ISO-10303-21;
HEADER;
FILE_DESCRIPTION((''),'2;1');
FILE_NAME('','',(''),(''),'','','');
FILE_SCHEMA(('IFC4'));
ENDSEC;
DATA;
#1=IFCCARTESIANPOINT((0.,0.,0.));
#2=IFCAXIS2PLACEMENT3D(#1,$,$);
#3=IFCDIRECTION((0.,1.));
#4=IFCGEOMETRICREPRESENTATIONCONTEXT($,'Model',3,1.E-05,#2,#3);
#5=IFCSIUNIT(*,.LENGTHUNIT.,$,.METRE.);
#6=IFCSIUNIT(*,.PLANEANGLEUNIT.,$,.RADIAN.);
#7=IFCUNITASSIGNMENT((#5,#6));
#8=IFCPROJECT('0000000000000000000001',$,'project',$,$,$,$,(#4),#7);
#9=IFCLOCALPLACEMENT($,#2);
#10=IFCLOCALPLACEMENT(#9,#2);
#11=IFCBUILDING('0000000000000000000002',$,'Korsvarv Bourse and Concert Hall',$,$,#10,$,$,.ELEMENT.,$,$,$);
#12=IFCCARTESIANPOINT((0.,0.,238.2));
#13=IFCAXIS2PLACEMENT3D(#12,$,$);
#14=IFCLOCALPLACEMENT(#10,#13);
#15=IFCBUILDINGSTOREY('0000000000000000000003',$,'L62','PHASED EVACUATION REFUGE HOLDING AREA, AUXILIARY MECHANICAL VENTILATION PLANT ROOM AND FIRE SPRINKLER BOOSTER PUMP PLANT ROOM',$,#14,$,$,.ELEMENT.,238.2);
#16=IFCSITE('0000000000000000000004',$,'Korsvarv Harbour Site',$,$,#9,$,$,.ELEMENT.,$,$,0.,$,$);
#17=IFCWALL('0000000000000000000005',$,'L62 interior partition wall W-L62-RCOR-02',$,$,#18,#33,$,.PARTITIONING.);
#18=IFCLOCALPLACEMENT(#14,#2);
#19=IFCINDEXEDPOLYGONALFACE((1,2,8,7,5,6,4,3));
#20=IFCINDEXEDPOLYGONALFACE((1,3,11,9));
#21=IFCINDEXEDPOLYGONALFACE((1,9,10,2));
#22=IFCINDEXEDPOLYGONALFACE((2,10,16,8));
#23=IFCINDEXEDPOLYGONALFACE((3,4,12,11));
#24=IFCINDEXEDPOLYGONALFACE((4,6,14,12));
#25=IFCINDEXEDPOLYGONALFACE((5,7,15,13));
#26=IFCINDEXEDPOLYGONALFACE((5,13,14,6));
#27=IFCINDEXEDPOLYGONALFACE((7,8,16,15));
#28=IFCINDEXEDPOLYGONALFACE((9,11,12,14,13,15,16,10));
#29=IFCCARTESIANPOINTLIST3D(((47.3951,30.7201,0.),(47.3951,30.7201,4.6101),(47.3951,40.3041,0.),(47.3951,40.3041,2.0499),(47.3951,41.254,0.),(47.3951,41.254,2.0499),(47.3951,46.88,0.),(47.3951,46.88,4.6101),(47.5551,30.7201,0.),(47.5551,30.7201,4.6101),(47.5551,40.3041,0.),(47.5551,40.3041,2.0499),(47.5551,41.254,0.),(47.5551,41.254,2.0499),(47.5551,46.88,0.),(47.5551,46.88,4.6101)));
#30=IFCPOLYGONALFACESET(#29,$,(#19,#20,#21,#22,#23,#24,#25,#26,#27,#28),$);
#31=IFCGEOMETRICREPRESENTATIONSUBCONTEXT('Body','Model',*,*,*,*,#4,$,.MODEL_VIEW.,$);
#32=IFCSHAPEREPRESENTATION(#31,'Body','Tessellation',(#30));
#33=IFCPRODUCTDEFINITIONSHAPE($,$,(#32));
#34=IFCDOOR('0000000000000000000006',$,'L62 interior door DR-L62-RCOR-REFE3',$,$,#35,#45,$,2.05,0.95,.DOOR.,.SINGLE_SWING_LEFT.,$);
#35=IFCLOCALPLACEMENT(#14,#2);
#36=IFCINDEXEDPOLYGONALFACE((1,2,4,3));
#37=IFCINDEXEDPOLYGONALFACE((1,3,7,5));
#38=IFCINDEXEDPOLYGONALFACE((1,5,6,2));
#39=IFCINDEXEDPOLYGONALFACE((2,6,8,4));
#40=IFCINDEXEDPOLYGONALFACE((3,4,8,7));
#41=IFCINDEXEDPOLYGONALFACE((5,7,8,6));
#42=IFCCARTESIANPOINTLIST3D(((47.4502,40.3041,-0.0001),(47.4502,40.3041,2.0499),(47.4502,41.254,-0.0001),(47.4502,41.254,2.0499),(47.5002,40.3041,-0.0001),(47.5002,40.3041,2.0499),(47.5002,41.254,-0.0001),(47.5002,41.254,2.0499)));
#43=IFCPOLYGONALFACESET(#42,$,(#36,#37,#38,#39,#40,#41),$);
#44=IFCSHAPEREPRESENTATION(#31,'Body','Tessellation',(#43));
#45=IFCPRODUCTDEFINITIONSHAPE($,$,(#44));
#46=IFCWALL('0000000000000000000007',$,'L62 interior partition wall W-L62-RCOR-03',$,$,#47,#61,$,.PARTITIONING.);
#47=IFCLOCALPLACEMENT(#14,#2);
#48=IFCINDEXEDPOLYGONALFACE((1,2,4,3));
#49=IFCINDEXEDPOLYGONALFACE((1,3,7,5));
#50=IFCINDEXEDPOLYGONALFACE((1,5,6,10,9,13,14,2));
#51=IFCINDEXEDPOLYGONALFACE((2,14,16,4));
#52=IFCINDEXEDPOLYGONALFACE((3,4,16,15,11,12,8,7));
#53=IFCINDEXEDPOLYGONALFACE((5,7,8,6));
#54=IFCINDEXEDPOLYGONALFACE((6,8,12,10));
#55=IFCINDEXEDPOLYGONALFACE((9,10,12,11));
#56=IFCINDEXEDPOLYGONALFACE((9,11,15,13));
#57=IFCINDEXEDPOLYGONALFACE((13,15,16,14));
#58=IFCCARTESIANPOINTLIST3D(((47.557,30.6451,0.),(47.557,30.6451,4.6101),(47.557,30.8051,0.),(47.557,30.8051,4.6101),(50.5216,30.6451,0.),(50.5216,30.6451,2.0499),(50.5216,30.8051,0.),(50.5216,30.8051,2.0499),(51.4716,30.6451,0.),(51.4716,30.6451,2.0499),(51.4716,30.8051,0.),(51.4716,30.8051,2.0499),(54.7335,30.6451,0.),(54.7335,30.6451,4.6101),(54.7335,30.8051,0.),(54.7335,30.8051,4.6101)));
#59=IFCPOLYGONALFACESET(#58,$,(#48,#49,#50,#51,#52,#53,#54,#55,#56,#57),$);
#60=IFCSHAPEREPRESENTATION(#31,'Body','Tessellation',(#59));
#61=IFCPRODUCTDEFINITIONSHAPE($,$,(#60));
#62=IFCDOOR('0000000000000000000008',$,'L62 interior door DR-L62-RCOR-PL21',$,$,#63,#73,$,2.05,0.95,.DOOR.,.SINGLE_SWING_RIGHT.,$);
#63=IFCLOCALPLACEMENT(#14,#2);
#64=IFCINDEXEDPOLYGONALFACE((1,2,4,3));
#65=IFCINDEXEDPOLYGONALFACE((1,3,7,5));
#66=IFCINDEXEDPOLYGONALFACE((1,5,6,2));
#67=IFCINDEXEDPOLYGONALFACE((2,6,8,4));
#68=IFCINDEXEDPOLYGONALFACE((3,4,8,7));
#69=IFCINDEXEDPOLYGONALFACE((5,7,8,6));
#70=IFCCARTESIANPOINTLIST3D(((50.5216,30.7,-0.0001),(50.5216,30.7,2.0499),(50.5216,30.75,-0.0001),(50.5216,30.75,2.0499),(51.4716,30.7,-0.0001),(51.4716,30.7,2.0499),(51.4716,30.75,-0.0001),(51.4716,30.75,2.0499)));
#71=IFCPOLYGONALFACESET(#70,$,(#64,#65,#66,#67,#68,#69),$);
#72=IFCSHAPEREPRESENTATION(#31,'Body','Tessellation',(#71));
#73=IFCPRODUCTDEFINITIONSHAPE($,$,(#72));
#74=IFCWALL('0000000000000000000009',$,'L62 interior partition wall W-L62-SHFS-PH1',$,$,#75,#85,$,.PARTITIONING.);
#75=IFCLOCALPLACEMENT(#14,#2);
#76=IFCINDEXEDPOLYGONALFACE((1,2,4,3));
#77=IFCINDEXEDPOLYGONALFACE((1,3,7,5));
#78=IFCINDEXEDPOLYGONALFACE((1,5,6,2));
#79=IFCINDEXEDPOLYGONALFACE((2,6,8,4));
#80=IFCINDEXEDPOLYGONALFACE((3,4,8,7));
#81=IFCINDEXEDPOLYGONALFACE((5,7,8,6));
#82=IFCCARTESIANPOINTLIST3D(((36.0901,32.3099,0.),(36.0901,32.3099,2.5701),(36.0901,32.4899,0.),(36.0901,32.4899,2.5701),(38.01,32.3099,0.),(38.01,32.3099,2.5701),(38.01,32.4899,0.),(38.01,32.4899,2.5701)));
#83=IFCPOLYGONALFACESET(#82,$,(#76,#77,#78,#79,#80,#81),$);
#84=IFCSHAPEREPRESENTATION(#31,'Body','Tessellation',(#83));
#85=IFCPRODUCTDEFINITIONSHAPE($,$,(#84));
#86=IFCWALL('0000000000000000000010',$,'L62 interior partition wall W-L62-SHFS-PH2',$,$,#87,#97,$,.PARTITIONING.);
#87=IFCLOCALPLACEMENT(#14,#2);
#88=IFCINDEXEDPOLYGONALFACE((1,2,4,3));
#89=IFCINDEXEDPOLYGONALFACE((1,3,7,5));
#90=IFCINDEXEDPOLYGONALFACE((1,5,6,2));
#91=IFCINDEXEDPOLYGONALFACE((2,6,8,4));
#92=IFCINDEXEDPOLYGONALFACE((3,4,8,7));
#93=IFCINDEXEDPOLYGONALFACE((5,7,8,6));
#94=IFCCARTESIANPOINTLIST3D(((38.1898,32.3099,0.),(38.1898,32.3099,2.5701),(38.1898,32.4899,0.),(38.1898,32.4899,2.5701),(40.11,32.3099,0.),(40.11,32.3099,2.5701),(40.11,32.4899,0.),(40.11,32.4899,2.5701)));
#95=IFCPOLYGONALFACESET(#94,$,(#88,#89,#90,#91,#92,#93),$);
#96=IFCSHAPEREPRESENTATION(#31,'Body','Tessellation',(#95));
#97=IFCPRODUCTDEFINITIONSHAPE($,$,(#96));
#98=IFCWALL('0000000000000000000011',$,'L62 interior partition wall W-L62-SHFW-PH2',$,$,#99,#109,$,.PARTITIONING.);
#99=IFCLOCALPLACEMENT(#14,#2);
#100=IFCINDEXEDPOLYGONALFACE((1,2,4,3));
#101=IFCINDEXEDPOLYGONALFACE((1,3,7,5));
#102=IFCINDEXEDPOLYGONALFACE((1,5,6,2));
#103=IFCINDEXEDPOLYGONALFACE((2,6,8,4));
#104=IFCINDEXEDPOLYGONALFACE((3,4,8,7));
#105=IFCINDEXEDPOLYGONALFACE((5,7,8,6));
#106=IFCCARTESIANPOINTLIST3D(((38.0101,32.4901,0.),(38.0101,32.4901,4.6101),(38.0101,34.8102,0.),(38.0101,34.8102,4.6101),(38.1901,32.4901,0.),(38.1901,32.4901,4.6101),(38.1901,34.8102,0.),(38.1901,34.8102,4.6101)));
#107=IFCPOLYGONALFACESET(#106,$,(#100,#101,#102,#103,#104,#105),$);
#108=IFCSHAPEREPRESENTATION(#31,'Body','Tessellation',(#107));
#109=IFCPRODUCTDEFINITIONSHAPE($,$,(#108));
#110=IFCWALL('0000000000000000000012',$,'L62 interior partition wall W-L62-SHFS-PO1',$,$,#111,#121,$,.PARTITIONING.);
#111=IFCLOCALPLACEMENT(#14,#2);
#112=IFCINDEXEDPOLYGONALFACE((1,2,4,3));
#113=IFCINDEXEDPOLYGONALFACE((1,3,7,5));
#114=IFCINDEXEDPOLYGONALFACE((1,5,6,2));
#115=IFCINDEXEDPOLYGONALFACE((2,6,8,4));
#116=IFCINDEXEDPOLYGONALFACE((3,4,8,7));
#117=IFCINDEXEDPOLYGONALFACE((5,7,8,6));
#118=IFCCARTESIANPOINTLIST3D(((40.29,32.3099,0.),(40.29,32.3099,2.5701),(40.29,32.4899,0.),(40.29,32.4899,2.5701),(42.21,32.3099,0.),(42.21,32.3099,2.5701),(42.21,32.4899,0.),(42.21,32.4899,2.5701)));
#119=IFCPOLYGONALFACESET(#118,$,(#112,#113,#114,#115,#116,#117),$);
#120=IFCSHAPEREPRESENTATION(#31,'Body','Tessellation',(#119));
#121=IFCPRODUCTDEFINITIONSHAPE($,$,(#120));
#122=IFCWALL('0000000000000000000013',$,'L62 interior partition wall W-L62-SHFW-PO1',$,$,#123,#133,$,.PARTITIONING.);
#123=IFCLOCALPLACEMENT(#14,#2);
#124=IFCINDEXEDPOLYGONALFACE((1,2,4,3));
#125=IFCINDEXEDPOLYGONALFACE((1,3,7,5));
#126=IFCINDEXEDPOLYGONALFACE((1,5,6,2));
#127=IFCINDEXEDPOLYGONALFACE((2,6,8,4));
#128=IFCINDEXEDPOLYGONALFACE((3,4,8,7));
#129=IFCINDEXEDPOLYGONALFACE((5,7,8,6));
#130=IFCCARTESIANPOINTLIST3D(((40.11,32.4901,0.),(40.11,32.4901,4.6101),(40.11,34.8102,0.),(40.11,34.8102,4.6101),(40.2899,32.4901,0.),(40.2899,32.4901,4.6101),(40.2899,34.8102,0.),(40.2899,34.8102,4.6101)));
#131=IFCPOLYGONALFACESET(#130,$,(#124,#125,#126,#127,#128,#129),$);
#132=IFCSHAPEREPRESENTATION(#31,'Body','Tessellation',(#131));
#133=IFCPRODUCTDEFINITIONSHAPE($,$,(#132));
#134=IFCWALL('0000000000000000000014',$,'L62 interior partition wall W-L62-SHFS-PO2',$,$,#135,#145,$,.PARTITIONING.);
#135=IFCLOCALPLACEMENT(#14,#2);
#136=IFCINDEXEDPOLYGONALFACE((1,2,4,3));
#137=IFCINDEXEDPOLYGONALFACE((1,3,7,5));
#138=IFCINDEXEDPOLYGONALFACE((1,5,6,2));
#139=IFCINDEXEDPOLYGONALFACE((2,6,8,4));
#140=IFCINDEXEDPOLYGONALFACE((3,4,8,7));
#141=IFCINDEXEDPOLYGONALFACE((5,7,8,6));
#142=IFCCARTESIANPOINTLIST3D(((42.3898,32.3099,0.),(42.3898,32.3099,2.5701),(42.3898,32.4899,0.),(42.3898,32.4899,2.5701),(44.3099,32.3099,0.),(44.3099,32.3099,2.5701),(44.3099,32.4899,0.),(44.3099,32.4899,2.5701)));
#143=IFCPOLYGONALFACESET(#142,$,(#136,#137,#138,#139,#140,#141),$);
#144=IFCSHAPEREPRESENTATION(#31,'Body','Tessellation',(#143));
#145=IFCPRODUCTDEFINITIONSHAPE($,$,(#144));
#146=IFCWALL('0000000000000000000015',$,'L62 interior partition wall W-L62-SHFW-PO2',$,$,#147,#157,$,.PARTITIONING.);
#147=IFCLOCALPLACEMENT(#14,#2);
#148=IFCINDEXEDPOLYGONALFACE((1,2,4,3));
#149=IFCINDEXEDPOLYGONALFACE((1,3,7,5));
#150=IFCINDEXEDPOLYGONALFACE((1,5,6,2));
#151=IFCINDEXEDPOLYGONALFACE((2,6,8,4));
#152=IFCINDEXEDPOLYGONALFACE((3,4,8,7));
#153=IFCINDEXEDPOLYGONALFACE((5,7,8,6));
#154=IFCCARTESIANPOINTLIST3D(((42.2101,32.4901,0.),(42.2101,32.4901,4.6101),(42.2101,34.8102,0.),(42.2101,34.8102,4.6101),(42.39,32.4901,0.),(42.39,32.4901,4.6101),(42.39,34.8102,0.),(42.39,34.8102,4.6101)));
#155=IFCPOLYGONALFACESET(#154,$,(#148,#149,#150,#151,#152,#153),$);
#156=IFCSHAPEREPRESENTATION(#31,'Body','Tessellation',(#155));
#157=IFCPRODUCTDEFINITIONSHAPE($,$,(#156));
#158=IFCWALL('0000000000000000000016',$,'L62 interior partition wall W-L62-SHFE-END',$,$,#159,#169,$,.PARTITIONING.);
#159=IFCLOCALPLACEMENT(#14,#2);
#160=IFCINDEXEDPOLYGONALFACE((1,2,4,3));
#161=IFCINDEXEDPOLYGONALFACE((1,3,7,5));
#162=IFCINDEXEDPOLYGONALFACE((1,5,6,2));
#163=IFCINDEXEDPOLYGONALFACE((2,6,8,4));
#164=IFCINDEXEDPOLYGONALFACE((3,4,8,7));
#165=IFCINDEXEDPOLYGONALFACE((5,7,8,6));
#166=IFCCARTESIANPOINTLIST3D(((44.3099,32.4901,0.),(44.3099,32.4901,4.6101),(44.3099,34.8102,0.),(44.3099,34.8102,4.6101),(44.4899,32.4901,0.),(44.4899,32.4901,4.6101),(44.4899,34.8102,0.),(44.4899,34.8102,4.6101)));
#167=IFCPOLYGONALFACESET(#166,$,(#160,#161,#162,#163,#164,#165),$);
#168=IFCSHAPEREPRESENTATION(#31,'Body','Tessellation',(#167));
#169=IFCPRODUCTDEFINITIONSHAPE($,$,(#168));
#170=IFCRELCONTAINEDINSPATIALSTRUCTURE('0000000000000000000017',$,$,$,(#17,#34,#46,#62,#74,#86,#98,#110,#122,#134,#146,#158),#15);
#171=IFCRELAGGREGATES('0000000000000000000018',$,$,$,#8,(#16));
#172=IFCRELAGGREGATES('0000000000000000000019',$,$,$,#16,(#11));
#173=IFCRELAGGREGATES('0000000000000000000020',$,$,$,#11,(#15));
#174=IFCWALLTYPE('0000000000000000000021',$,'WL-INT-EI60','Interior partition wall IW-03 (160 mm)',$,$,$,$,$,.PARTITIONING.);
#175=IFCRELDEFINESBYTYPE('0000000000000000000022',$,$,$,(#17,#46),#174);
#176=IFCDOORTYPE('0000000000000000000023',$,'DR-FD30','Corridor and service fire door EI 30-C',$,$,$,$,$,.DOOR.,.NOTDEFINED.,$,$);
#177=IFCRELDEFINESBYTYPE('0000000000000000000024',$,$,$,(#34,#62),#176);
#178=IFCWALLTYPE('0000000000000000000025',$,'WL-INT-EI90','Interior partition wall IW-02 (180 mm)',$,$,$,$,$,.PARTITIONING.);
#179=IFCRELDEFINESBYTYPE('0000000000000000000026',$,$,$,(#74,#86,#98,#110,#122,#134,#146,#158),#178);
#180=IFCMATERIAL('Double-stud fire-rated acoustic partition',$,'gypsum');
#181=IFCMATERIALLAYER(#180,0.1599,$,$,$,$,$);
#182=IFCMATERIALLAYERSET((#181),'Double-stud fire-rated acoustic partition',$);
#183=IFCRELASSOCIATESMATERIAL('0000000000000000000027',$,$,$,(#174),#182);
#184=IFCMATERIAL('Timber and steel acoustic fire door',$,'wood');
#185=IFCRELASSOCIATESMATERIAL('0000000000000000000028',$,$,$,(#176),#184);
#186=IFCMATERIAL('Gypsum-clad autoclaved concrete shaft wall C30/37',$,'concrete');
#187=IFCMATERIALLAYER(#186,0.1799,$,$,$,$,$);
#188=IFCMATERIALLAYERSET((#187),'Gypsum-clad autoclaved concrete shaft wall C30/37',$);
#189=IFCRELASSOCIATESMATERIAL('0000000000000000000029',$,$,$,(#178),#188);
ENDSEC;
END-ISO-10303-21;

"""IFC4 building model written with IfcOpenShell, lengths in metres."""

from ifc_helpers import new_model, si_unit, direction, frame, frame_2d, origin, place, context, subcontext, project, spatial, rectangle, extrude, material, layer, layer_set, type_object, element, fill, save


model = new_model("IFC4")

# Units and contexts
model_context = context("Model", 3, precision=1e-05, world=origin(), true_north=direction((0.0, 1.0)))
body_context = subcontext(model_context, "Body", "Model", "MODEL_VIEW")
ifc_project = project(units=[si_unit("LENGTHUNIT", "METRE"), si_unit("PLANEANGLEUNIT", "RADIAN")], contexts=[model_context])

# Site, building, storey
site_placement = place(None, origin())
site = spatial("IfcSite", under=ifc_project, at=site_placement, Name="Korsvarv Harbour Site", CompositionType="ELEMENT", RefElevation=0.0)
building_placement = place(site_placement, origin())
building = spatial("IfcBuilding", under=site, at=building_placement, Name="Korsvarv Bourse and Concert Hall", CompositionType="ELEMENT")
storey_placement = place(building_placement, frame((0.0, 0.0, 238.2)))
storey = spatial("IfcBuildingStorey", under=building, at=storey_placement, Name="L62", Description="PHASED EVACUATION REFUGE HOLDING AREA, AUXILIARY MECHANICAL VENTILATION PLANT ROOM AND FIRE SPRINKLER BOOSTER PUMP PLANT ROOM", CompositionType="ELEMENT", Elevation=238.2)

# Walls, openings, doors
ifc_material_1 = material(Name="Double-stud fire-rated acoustic partition", Category="gypsum")
ifc_layer_1 = layer(ifc_material_1, 0.1599)
ifc_layer_set_1 = layer_set([ifc_layer_1], Name="Double-stud fire-rated acoustic partition")
wall_type_1 = type_object("IfcWallType", Name="WL-INT-EI60", Description="Interior partition wall IW-03 (160 mm)", PredefinedType="PARTITIONING", material=ifc_layer_set_1)
wall_1_placement = place(storey_placement, frame((47.4751, 30.72, 0.0), z_axis=(0.0, 0.0, 1.0), x_axis=(0.0, 1.0, 0.0)))
wall_1 = element("IfcWall", 1, at=wall_1_placement, inside=storey, type_object=wall_type_1, Name="L62 interior partition wall W-L62-RCOR-02", PredefinedType="PARTITIONING", context=body_context, shape_type="SweptSolid", body=[
    extrude(rectangle(XDim=16.1599, YDim=0.1599, at=frame_2d((8.0801, 0.0))), origin(), (0.0, 0.0, 1.0), 4.6101),
])
opening_1_placement = place(wall_1_placement, frame((9.584, 0.0, 0.0)))
opening_1 = element("IfcOpeningElement", 2, at=opening_1_placement, cuts=wall_1, PredefinedType="OPENING", context=body_context, shape_type="SweptSolid", body=[
    extrude(rectangle(XDim=0.95, YDim=2.05, at=frame_2d((0.4751, 1.0249))), frame((0.0, 0.0898, 0.0), z_axis=(0.0, -1.0, 0.0), x_axis=(1.0, 0.0, 0.0)), (0.0, 0.0, 1.0), 0.1799),
])
ifc_material_2 = material(Name="Timber and steel acoustic fire door", Category="wood")
door_type = type_object("IfcDoorType", Name="DR-FD30", Description="Corridor and service fire door EI 30-C", OperationType="NOTDEFINED", PredefinedType="DOOR", material=ifc_material_2)
door_1_placement = place(opening_1_placement, origin())
door_1 = element("IfcDoor", 3, at=door_1_placement, inside=storey, type_object=door_type, Name="L62 interior door DR-L62-RCOR-REFE3", OperationType="SINGLE_SWING_LEFT", OverallHeight=2.05, OverallWidth=0.95, PredefinedType="DOOR", context=body_context, shape_type="SweptSolid", body=[
    extrude(rectangle(XDim=0.95, YDim=2.05, at=frame_2d((0.4751, 1.0249))), frame((0.0, 0.0249, 0.0), z_axis=(0.0, -1.0, 0.0), x_axis=(1.0, 0.0, 0.0)), (0.0, 0.0, 1.0), 0.05),
])
fill(opening_1, door_1)
wall_2_placement = place(storey_placement, frame((47.5569, 30.7251, 0.0), z_axis=(0.0, 0.0, 1.0), x_axis=(1.0, 0.0, 0.0)))
wall_2 = element("IfcWall", 4, at=wall_2_placement, inside=storey, type_object=wall_type_1, Name="L62 interior partition wall W-L62-RCOR-03", PredefinedType="PARTITIONING", context=body_context, shape_type="SweptSolid", body=[
    extrude(rectangle(XDim=7.1765, YDim=0.1599, at=frame_2d((3.5884, 0.0))), origin(), (0.0, 0.0, 1.0), 4.6101),
])
opening_2_placement = place(wall_2_placement, frame((2.9646, 0.0, 0.0)))
opening_2 = element("IfcOpeningElement", 5, at=opening_2_placement, cuts=wall_2, PredefinedType="OPENING", context=body_context, shape_type="SweptSolid", body=[
    extrude(rectangle(XDim=0.95, YDim=2.05, at=frame_2d((0.4751, 1.0249))), frame((0.0, 0.0898, 0.0), z_axis=(0.0, -1.0, 0.0), x_axis=(1.0, 0.0, 0.0)), (0.0, 0.0, 1.0), 0.1799),
])
door_2_placement = place(opening_2_placement, origin())
door_2 = element("IfcDoor", 6, at=door_2_placement, inside=storey, type_object=door_type, Name="L62 interior door DR-L62-RCOR-PL21", OperationType="SINGLE_SWING_RIGHT", OverallHeight=2.05, OverallWidth=0.95, PredefinedType="DOOR", context=body_context, shape_type="SweptSolid", body=[
    extrude(rectangle(XDim=0.95, YDim=2.05, at=frame_2d((0.4751, 1.0249))), frame((0.0, 0.0249, 0.0), z_axis=(0.0, -1.0, 0.0), x_axis=(1.0, 0.0, 0.0)), (0.0, 0.0, 1.0), 0.05),
])
fill(opening_2, door_2)

# Walls
ifc_material_3 = material(Name="Gypsum-clad autoclaved concrete shaft wall C30/37", Category="concrete")
ifc_layer_2 = layer(ifc_material_3, 0.1799)
ifc_layer_set_2 = layer_set([ifc_layer_2], Name="Gypsum-clad autoclaved concrete shaft wall C30/37")
wall_type_2 = type_object("IfcWallType", Name="WL-INT-EI90", Description="Interior partition wall IW-02 (180 mm)", PredefinedType="PARTITIONING", material=ifc_layer_set_2)
wall_3_placement = place(storey_placement, frame((36.0901, 32.3999, 0.0), z_axis=(0.0, 0.0, 1.0), x_axis=(1.0, 0.0, 0.0)))
element("IfcWall", 7, at=wall_3_placement, inside=storey, type_object=wall_type_2, Name="L62 interior partition wall W-L62-SHFS-PH1", PredefinedType="PARTITIONING", context=body_context, shape_type="SweptSolid", body=[
    extrude(rectangle(XDim=1.9199, YDim=0.1799, at=frame_2d((0.96, 0.0))), origin(), (0.0, 0.0, 1.0), 2.5701),
])
wall_4_placement = place(storey_placement, frame((38.1899, 32.3999, 0.0), z_axis=(0.0, 0.0, 1.0), x_axis=(1.0, 0.0, 0.0)))
element("IfcWall", 8, at=wall_4_placement, inside=storey, type_object=wall_type_2, Name="L62 interior partition wall W-L62-SHFS-PH2", PredefinedType="PARTITIONING", context=body_context, shape_type="SweptSolid", body=[
    extrude(rectangle(XDim=1.9202, YDim=0.1799, at=frame_2d((0.96, 0.0))), origin(), (0.0, 0.0, 1.0), 2.5701),
])
wall_5_placement = place(storey_placement, frame((38.1001, 32.49, 0.0), z_axis=(0.0, 0.0, 1.0), x_axis=(0.0, 1.0, 0.0)))
element("IfcWall", 9, at=wall_5_placement, inside=storey, type_object=wall_type_2, Name="L62 interior partition wall W-L62-SHFW-PH2", PredefinedType="PARTITIONING", context=body_context, shape_type="SweptSolid", body=[
    extrude(rectangle(XDim=2.3201, YDim=0.1799, at=frame_2d((1.1602, 0.0))), origin(), (0.0, 0.0, 1.0), 4.6101),
])
wall_6_placement = place(storey_placement, frame((40.29, 32.3999, 0.0), z_axis=(0.0, 0.0, 1.0), x_axis=(1.0, 0.0, 0.0)))
element("IfcWall", 10, at=wall_6_placement, inside=storey, type_object=wall_type_2, Name="L62 interior partition wall W-L62-SHFS-PO1", PredefinedType="PARTITIONING", context=body_context, shape_type="SweptSolid", body=[
    extrude(rectangle(XDim=1.9199, YDim=0.1799, at=frame_2d((0.96, 0.0))), origin(), (0.0, 0.0, 1.0), 2.5701),
])
wall_7_placement = place(storey_placement, frame((40.2, 32.49, 0.0), z_axis=(0.0, 0.0, 1.0), x_axis=(0.0, 1.0, 0.0)))
element("IfcWall", 11, at=wall_7_placement, inside=storey, type_object=wall_type_2, Name="L62 interior partition wall W-L62-SHFW-PO1", PredefinedType="PARTITIONING", context=body_context, shape_type="SweptSolid", body=[
    extrude(rectangle(XDim=2.3201, YDim=0.1799, at=frame_2d((1.1602, 0.0))), origin(), (0.0, 0.0, 1.0), 4.6101),
])
wall_8_placement = place(storey_placement, frame((42.3899, 32.3999, 0.0), z_axis=(0.0, 0.0, 1.0), x_axis=(1.0, 0.0, 0.0)))
element("IfcWall", 12, at=wall_8_placement, inside=storey, type_object=wall_type_2, Name="L62 interior partition wall W-L62-SHFS-PO2", PredefinedType="PARTITIONING", context=body_context, shape_type="SweptSolid", body=[
    extrude(rectangle(XDim=1.9202, YDim=0.1799, at=frame_2d((0.96, 0.0))), origin(), (0.0, 0.0, 1.0), 2.5701),
])
for number, where, z_axis, x_axis, name in (
    (13, (42.3, 32.49, 0.0), (0.0, 0.0, 1.0), (0.0, 1.0, 0.0), "L62 interior partition wall W-L62-SHFW-PO2"),
    (14, (44.3999, 32.49, 0.0), (0.0, 0.0, 1.0), (0.0, 1.0, 0.0), "L62 interior partition wall W-L62-SHFE-END"),
):
    element("IfcWall", number, at=place(storey_placement, frame(where, z_axis=z_axis, x_axis=x_axis)), inside=storey, type_object=wall_type_2, Name=name, PredefinedType="PARTITIONING", context=body_context, shape_type="SweptSolid", body=[
        extrude(rectangle(XDim=2.3201, YDim=0.1799, at=frame_2d((1.1602, 0.0))), origin(), (0.0, 0.0, 1.0), 4.6101),
    ])

save(model, "model.ifc")
